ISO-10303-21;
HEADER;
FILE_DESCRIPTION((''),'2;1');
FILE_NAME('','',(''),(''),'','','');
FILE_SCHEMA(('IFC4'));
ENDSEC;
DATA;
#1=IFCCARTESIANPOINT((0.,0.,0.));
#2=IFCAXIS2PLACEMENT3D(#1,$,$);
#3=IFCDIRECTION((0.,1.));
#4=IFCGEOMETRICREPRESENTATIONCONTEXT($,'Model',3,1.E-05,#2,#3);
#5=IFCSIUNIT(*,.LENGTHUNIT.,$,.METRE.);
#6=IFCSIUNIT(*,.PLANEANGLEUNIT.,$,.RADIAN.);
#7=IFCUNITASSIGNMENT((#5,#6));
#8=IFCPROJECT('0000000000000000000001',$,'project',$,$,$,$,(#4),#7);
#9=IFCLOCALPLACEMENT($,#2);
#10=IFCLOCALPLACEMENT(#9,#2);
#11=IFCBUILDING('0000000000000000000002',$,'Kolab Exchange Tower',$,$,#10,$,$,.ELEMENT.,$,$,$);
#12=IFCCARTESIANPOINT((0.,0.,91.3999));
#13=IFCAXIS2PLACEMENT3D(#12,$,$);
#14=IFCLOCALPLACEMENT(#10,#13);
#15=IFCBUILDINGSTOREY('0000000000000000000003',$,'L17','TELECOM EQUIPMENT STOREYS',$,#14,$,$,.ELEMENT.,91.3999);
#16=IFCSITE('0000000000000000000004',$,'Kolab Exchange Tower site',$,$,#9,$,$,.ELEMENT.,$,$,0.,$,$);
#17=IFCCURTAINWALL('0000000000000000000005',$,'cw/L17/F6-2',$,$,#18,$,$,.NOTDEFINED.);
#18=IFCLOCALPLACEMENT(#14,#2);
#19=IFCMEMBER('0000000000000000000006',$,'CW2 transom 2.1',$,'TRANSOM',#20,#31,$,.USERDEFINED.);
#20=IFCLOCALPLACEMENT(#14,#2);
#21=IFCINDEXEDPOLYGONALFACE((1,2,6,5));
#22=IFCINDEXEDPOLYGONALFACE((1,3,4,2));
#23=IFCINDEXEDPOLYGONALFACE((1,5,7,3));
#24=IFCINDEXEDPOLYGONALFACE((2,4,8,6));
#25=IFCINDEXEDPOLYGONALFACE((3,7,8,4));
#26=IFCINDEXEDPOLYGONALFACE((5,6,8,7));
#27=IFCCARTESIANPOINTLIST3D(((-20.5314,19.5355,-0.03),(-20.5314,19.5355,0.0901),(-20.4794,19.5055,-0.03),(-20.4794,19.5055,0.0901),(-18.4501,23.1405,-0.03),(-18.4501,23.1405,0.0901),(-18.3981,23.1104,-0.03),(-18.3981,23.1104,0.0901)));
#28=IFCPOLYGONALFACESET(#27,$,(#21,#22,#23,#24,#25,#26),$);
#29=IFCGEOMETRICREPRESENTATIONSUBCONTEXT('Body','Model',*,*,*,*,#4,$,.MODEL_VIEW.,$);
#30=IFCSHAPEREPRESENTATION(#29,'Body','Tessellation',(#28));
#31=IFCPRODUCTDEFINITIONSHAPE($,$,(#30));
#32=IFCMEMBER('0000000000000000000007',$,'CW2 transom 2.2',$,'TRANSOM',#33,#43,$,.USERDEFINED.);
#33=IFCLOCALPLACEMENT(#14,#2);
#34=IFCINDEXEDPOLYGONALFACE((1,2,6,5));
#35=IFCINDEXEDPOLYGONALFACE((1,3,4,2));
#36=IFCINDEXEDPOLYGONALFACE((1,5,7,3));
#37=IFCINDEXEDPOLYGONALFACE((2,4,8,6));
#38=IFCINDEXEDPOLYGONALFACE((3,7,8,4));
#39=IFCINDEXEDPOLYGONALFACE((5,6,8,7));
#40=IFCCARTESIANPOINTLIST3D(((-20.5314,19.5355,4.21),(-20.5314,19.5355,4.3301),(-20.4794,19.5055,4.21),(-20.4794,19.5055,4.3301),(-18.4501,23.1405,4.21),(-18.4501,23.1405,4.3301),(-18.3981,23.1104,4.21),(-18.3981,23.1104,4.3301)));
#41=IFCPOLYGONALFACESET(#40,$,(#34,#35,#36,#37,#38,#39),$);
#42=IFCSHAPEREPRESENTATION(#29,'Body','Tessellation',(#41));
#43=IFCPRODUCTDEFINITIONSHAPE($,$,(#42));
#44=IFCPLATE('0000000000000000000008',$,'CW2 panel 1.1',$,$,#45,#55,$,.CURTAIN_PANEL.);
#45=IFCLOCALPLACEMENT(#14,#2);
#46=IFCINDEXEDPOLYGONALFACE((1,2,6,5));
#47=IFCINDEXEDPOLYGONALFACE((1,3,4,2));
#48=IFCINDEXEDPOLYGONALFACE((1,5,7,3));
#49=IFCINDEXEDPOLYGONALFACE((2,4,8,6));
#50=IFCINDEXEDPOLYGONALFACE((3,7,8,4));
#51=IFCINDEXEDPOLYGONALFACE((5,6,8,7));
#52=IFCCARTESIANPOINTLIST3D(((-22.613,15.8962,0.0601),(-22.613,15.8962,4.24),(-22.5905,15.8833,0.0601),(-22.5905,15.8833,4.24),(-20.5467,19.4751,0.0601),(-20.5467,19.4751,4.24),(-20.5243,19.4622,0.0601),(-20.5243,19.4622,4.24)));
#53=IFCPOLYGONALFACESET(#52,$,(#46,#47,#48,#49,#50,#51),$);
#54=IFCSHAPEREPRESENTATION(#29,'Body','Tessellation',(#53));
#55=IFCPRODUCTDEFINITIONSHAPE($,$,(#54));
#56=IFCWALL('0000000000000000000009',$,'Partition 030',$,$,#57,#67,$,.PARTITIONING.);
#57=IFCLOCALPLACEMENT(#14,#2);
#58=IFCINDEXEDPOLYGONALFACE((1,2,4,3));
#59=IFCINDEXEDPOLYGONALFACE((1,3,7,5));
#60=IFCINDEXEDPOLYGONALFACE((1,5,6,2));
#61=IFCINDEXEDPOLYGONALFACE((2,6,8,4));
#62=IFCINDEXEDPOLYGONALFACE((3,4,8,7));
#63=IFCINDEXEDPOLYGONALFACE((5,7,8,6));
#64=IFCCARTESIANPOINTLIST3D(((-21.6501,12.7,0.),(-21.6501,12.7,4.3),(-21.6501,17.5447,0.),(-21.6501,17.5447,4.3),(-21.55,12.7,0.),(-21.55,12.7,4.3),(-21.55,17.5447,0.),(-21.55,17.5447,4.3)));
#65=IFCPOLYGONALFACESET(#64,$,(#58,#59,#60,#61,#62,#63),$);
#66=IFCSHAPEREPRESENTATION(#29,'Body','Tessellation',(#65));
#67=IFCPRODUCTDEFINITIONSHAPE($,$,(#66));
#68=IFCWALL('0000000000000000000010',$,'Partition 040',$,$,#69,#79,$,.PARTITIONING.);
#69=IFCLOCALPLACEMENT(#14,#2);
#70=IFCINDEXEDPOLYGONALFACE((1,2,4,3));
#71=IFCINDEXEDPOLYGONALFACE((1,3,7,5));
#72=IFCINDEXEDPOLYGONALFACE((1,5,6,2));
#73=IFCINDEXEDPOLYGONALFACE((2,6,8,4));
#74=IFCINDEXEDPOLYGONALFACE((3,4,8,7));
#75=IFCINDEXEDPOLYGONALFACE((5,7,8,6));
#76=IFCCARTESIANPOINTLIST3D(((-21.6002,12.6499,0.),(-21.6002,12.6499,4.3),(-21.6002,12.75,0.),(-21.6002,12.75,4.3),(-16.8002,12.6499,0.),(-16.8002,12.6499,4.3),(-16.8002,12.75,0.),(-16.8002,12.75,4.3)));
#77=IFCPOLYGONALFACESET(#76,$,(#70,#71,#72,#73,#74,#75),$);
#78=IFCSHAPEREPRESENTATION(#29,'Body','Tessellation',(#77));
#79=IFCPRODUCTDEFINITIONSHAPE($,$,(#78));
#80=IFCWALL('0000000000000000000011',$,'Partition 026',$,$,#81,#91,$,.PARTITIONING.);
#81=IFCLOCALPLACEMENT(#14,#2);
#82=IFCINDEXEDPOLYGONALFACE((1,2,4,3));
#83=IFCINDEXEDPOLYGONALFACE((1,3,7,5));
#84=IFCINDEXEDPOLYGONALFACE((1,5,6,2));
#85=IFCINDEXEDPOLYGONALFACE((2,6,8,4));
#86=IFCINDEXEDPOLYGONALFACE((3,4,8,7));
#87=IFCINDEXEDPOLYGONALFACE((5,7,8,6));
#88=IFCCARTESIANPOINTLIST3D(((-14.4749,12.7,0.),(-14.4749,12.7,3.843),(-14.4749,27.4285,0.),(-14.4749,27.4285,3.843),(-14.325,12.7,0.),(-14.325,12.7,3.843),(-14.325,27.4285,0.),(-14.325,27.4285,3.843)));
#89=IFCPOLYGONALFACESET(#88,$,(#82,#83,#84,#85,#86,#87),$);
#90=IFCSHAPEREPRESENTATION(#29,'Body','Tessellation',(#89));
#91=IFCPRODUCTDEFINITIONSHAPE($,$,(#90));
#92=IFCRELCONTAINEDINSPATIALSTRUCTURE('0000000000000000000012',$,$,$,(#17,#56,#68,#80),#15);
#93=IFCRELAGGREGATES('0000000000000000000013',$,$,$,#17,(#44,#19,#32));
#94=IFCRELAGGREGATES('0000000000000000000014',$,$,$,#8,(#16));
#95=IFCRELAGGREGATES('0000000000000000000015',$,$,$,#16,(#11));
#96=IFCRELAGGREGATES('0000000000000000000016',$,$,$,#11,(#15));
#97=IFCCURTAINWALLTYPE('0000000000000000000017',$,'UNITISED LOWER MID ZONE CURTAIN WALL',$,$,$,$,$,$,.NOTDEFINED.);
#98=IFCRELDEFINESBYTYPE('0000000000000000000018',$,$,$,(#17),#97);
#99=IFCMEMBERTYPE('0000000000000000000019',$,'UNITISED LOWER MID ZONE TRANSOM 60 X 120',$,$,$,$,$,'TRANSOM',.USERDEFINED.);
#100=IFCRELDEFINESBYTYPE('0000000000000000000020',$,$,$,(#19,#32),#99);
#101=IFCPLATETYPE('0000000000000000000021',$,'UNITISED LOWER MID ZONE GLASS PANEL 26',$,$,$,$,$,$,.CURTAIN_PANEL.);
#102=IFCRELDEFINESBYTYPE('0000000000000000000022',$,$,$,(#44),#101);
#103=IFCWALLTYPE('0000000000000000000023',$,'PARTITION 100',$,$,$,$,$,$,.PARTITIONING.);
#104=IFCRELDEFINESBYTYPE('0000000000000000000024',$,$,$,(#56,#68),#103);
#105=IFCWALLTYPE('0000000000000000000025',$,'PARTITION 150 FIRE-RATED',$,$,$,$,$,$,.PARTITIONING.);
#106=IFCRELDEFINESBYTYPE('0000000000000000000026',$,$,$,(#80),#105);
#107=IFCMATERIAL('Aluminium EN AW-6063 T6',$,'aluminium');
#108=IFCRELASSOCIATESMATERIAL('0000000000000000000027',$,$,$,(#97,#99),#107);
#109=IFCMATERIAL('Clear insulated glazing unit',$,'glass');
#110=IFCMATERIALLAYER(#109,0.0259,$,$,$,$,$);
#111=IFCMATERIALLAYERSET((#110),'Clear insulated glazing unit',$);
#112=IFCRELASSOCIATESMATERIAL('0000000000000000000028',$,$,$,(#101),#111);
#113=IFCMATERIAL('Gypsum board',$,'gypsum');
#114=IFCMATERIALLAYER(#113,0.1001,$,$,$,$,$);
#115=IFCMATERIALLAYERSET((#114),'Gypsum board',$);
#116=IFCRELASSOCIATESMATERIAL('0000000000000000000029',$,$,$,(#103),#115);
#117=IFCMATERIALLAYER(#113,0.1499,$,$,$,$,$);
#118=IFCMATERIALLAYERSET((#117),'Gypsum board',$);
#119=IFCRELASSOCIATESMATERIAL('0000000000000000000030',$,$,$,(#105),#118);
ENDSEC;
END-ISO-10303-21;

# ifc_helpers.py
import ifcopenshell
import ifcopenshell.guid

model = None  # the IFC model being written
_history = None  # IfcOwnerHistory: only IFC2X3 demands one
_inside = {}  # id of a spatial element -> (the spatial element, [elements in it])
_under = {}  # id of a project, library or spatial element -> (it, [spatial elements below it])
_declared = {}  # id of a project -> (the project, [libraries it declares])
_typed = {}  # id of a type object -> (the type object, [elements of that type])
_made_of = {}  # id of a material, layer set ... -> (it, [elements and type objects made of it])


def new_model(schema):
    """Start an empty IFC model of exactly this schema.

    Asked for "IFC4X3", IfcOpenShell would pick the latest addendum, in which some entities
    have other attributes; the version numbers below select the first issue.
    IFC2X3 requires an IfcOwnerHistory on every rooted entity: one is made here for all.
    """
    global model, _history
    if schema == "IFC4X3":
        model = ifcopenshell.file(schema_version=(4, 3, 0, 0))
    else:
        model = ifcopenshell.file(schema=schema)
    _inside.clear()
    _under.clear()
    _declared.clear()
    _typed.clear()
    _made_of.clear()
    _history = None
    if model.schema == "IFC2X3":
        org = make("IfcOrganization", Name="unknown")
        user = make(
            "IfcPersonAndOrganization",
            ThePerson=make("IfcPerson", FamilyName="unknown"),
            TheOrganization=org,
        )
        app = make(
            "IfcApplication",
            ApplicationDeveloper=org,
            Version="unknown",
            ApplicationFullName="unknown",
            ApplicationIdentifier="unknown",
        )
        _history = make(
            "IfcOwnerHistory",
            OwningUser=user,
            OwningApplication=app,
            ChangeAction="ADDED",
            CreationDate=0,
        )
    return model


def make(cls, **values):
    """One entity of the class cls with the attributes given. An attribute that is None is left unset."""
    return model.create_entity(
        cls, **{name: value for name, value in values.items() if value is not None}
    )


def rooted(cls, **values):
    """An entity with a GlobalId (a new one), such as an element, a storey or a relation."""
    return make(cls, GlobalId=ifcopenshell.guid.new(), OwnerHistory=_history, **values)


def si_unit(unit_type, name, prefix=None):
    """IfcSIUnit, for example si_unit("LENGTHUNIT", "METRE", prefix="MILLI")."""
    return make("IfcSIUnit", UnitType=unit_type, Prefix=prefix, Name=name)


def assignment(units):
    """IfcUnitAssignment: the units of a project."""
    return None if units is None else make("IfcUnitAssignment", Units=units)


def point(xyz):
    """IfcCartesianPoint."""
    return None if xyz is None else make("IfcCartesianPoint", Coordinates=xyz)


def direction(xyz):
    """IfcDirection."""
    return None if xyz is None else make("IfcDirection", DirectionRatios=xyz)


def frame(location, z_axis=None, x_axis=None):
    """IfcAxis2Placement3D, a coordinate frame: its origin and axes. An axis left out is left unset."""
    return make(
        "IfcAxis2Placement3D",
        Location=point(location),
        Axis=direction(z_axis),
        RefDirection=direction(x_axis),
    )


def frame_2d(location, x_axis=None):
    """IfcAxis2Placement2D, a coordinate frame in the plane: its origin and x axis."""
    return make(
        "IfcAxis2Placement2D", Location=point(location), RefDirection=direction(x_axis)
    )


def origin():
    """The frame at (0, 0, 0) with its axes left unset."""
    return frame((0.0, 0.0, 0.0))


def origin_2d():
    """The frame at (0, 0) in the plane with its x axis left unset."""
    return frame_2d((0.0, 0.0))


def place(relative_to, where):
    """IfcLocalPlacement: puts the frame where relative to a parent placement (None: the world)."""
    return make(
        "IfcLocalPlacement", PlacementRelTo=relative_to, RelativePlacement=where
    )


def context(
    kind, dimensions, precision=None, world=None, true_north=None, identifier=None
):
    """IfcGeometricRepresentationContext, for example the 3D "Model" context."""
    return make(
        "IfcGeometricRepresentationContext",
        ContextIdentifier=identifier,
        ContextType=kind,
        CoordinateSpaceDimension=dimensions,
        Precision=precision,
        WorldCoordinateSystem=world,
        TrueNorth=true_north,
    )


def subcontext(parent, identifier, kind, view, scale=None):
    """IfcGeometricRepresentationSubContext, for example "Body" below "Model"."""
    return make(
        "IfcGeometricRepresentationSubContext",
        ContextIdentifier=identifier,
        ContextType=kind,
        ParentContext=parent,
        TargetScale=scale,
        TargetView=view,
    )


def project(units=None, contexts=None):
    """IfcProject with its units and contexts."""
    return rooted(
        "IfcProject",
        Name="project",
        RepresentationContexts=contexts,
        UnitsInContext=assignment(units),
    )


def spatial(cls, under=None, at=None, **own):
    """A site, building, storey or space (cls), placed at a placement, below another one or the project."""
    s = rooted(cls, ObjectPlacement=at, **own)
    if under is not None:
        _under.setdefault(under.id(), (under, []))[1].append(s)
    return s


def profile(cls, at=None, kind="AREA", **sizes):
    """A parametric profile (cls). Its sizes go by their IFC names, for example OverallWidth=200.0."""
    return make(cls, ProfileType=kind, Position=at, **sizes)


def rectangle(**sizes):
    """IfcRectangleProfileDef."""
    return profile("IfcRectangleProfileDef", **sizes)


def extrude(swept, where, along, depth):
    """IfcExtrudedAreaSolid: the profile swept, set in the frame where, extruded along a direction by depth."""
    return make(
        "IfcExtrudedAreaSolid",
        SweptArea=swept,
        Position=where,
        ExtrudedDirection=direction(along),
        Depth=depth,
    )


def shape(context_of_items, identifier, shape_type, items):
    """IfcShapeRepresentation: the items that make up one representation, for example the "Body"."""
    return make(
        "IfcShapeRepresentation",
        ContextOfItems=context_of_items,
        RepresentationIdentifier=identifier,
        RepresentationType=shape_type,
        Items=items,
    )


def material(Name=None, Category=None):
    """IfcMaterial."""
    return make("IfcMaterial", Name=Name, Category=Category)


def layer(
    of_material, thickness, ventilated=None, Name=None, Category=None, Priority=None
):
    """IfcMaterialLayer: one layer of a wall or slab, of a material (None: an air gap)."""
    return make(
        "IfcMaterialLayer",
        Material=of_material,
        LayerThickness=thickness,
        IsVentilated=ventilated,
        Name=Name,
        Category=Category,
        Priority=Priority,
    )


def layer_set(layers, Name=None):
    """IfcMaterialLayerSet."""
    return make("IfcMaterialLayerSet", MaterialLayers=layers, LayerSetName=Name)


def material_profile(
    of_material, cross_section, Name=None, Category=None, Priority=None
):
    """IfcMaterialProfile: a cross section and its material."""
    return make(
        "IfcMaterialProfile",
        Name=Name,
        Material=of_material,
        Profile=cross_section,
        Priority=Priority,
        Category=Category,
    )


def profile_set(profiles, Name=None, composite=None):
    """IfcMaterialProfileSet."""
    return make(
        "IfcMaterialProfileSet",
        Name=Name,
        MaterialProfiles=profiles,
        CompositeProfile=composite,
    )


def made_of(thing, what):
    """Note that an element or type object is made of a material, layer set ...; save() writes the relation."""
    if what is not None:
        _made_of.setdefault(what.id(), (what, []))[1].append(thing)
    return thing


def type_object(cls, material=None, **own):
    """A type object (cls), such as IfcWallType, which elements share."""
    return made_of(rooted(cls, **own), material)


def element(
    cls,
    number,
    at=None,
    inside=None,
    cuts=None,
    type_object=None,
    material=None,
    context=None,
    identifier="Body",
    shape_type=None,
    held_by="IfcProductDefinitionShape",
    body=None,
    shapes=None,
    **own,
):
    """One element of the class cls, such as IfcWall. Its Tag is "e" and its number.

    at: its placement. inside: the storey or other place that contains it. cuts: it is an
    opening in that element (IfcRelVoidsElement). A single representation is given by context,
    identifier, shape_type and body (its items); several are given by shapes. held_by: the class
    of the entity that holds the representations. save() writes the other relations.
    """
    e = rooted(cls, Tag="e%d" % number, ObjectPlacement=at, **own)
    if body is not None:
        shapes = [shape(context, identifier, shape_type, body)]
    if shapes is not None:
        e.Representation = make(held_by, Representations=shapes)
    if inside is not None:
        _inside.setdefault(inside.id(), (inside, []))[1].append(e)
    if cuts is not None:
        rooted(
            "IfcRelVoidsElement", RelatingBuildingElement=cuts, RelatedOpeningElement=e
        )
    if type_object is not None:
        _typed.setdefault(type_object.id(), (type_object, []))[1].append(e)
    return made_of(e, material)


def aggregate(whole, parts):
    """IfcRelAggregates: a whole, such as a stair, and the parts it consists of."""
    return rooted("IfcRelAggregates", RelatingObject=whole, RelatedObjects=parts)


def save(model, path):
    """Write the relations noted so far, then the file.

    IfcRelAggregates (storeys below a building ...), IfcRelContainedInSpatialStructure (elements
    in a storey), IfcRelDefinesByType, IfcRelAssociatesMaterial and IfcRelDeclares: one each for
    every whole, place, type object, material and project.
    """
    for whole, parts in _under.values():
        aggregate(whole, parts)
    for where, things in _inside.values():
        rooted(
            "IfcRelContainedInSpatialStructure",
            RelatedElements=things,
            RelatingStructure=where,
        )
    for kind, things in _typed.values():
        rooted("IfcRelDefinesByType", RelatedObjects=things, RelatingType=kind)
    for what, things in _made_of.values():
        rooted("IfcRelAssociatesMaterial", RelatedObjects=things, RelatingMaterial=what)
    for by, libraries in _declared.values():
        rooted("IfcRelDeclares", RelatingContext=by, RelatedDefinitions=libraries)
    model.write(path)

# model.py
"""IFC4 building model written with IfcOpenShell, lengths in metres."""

from ifc_helpers import new_model, si_unit, direction, frame, frame_2d, origin, origin_2d, place, context, subcontext, project, spatial, rectangle, extrude, material, layer, layer_set, material_profile, profile_set, type_object, element, aggregate, save


model = new_model("IFC4")

# Units and contexts
model_context = context("Model", 3, precision=1e-05, world=origin(), true_north=direction((0.0, 1.0)))
body_context = subcontext(model_context, "Body", "Model", "MODEL_VIEW")
ifc_project = project(units=[si_unit("LENGTHUNIT", "METRE"), si_unit("PLANEANGLEUNIT", "RADIAN")], contexts=[model_context])

# Site, building, storey
site_placement = place(None, origin())
site = spatial("IfcSite", under=ifc_project, at=site_placement, Name="Kolab Exchange Tower site", CompositionType="ELEMENT", RefElevation=0.0)
building_placement = place(site_placement, origin())
building = spatial("IfcBuilding", under=site, at=building_placement, Name="Kolab Exchange Tower", CompositionType="ELEMENT")
storey_placement = place(building_placement, frame((0.0, 0.0, 91.3999)))
storey = spatial("IfcBuildingStorey", under=building, at=storey_placement, Name="L17", Description="TELECOM EQUIPMENT STOREYS", CompositionType="ELEMENT", Elevation=91.3999)

# Curtain wall, members, plate
ifc_material_1 = material(Name="Aluminium EN AW-6063 T6", Category="aluminium")
curtain_wall_type = type_object("IfcCurtainWallType", Name="UNITISED LOWER MID ZONE CURTAIN WALL", PredefinedType="NOTDEFINED", material=ifc_material_1)
curtain_wall_placement = place(storey_placement, origin())
curtain_wall = element("IfcCurtainWall", 1, at=curtain_wall_placement, inside=storey, type_object=curtain_wall_type, Name="cw/L17/F6-2", PredefinedType="NOTDEFINED")
ifc_material_profile_1 = material_profile(ifc_material_1, rectangle(XDim=0.0601, YDim=0.1201, at=origin_2d()), Name="RECT 60X120")
ifc_profile_set_1 = profile_set([ifc_material_profile_1], Name="Aluminium EN AW-6063 T6")
member_type_1 = type_object("IfcMemberType", Name="UNITISED LOWER MID ZONE TRANSOM 60 X 120", ElementType="TRANSOM", PredefinedType="USERDEFINED", material=ifc_profile_set_1)
member_1_placement = place(storey_placement, frame((-20.5054, 19.5205, 0.03), z_axis=(0.499993, 0.866029, 0.0), x_axis=(-0.866029, 0.499993, 0.0)))
member_1 = element("IfcMember", 2, at=member_1_placement, type_object=member_type_1, Name="CW2 transom 2.1", ObjectType="TRANSOM", PredefinedType="USERDEFINED", context=body_context, shape_type="SweptSolid", body=[
    extrude(rectangle(XDim=0.0601, YDim=0.1201, at=origin_2d()), origin(), (0.0, 0.0, 1.0), 4.1626),
])
member_2_placement = place(storey_placement, frame((-20.5054, 19.5205, 4.27), z_axis=(0.499993, 0.866029, 0.0), x_axis=(-0.866029, 0.499993, 0.0)))
member_2 = element("IfcMember", 3, at=member_2_placement, type_object=member_type_1, Name="CW2 transom 2.2", ObjectType="TRANSOM", PredefinedType="USERDEFINED", context=body_context, shape_type="SweptSolid", body=[
    extrude(rectangle(XDim=0.0601, YDim=0.1201, at=origin_2d()), origin(), (0.0, 0.0, 1.0), 4.1626),
])
ifc_material_2 = material(Name="Clear insulated glazing unit", Category="glass")
ifc_layer_1 = layer(ifc_material_2, 0.0259)
ifc_layer_set_1 = layer_set([ifc_layer_1], Name="Clear insulated glazing unit")
plate_type = type_object("IfcPlateType", Name="UNITISED LOWER MID ZONE GLASS PANEL 26", PredefinedType="CURTAIN_PANEL", material=ifc_layer_set_1)
plate_placement = place(storey_placement, frame((-21.5686, 17.6792, 0.0601), z_axis=(0.0, 0.0, 1.0), x_axis=(0.5, 0.866025, 0.0)))
plate = element("IfcPlate", 4, at=plate_placement, type_object=plate_type, Name="CW2 panel 1.1", PredefinedType="CURTAIN_PANEL", context=body_context, shape_type="SweptSolid", body=[
    extrude(rectangle(XDim=4.1326, YDim=0.0259, at=origin_2d()), origin(), (0.0, 0.0, 1.0), 4.1799),
])
aggregate(curtain_wall, [plate, member_1, member_2])

# Walls
ifc_material_3 = material(Name="Gypsum board", Category="gypsum")
ifc_layer_2 = layer(ifc_material_3, 0.1001)
ifc_layer_set_2 = layer_set([ifc_layer_2], Name="Gypsum board")
wall_type_1 = type_object("IfcWallType", Name="PARTITION 100", PredefinedType="PARTITIONING", material=ifc_layer_set_2)
wall_1_placement = place(storey_placement, frame((-21.6001, 12.7, 0.0), z_axis=(0.0, 0.0, 1.0), x_axis=(0.0, 1.0, 0.0)))
element("IfcWall", 5, at=wall_1_placement, inside=storey, type_object=wall_type_1, Name="Partition 030", PredefinedType="PARTITIONING", context=body_context, shape_type="SweptSolid", body=[
    extrude(rectangle(XDim=4.8447, YDim=0.1001, at=frame_2d((2.4224, 0.0))), origin(), (0.0, 0.0, 1.0), 4.3),
])
wall_2_placement = place(storey_placement, frame((-21.6001, 12.7, 0.0), z_axis=(0.0, 0.0, 1.0), x_axis=(1.0, 0.0, 0.0)))
element("IfcWall", 6, at=wall_2_placement, inside=storey, type_object=wall_type_1, Name="Partition 040", PredefinedType="PARTITIONING", context=body_context, shape_type="SweptSolid", body=[
    extrude(rectangle(XDim=4.8, YDim=0.1001, at=frame_2d((2.3999, 0.0))), origin(), (0.0, 0.0, 1.0), 4.3),
])
ifc_layer_3 = layer(ifc_material_3, 0.1499)
ifc_layer_set_3 = layer_set([ifc_layer_3], Name="Gypsum board")
wall_type_2 = type_object("IfcWallType", Name="PARTITION 150 FIRE-RATED", PredefinedType="PARTITIONING", material=ifc_layer_set_3)
wall_3_placement = place(storey_placement, frame((-14.3999, 12.7, 0.0), z_axis=(0.0, 0.0, 1.0), x_axis=(0.0, 1.0, 0.0)))
element("IfcWall", 7, at=wall_3_placement, inside=storey, type_object=wall_type_2, Name="Partition 026", PredefinedType="PARTITIONING", context=body_context, shape_type="SweptSolid", body=[
    extrude(rectangle(XDim=14.7285, YDim=0.1499, at=frame_2d((7.3643, 0.0))), origin(), (0.0, 0.0, 1.0), 3.843),
])

save(model, "model.ifc")
